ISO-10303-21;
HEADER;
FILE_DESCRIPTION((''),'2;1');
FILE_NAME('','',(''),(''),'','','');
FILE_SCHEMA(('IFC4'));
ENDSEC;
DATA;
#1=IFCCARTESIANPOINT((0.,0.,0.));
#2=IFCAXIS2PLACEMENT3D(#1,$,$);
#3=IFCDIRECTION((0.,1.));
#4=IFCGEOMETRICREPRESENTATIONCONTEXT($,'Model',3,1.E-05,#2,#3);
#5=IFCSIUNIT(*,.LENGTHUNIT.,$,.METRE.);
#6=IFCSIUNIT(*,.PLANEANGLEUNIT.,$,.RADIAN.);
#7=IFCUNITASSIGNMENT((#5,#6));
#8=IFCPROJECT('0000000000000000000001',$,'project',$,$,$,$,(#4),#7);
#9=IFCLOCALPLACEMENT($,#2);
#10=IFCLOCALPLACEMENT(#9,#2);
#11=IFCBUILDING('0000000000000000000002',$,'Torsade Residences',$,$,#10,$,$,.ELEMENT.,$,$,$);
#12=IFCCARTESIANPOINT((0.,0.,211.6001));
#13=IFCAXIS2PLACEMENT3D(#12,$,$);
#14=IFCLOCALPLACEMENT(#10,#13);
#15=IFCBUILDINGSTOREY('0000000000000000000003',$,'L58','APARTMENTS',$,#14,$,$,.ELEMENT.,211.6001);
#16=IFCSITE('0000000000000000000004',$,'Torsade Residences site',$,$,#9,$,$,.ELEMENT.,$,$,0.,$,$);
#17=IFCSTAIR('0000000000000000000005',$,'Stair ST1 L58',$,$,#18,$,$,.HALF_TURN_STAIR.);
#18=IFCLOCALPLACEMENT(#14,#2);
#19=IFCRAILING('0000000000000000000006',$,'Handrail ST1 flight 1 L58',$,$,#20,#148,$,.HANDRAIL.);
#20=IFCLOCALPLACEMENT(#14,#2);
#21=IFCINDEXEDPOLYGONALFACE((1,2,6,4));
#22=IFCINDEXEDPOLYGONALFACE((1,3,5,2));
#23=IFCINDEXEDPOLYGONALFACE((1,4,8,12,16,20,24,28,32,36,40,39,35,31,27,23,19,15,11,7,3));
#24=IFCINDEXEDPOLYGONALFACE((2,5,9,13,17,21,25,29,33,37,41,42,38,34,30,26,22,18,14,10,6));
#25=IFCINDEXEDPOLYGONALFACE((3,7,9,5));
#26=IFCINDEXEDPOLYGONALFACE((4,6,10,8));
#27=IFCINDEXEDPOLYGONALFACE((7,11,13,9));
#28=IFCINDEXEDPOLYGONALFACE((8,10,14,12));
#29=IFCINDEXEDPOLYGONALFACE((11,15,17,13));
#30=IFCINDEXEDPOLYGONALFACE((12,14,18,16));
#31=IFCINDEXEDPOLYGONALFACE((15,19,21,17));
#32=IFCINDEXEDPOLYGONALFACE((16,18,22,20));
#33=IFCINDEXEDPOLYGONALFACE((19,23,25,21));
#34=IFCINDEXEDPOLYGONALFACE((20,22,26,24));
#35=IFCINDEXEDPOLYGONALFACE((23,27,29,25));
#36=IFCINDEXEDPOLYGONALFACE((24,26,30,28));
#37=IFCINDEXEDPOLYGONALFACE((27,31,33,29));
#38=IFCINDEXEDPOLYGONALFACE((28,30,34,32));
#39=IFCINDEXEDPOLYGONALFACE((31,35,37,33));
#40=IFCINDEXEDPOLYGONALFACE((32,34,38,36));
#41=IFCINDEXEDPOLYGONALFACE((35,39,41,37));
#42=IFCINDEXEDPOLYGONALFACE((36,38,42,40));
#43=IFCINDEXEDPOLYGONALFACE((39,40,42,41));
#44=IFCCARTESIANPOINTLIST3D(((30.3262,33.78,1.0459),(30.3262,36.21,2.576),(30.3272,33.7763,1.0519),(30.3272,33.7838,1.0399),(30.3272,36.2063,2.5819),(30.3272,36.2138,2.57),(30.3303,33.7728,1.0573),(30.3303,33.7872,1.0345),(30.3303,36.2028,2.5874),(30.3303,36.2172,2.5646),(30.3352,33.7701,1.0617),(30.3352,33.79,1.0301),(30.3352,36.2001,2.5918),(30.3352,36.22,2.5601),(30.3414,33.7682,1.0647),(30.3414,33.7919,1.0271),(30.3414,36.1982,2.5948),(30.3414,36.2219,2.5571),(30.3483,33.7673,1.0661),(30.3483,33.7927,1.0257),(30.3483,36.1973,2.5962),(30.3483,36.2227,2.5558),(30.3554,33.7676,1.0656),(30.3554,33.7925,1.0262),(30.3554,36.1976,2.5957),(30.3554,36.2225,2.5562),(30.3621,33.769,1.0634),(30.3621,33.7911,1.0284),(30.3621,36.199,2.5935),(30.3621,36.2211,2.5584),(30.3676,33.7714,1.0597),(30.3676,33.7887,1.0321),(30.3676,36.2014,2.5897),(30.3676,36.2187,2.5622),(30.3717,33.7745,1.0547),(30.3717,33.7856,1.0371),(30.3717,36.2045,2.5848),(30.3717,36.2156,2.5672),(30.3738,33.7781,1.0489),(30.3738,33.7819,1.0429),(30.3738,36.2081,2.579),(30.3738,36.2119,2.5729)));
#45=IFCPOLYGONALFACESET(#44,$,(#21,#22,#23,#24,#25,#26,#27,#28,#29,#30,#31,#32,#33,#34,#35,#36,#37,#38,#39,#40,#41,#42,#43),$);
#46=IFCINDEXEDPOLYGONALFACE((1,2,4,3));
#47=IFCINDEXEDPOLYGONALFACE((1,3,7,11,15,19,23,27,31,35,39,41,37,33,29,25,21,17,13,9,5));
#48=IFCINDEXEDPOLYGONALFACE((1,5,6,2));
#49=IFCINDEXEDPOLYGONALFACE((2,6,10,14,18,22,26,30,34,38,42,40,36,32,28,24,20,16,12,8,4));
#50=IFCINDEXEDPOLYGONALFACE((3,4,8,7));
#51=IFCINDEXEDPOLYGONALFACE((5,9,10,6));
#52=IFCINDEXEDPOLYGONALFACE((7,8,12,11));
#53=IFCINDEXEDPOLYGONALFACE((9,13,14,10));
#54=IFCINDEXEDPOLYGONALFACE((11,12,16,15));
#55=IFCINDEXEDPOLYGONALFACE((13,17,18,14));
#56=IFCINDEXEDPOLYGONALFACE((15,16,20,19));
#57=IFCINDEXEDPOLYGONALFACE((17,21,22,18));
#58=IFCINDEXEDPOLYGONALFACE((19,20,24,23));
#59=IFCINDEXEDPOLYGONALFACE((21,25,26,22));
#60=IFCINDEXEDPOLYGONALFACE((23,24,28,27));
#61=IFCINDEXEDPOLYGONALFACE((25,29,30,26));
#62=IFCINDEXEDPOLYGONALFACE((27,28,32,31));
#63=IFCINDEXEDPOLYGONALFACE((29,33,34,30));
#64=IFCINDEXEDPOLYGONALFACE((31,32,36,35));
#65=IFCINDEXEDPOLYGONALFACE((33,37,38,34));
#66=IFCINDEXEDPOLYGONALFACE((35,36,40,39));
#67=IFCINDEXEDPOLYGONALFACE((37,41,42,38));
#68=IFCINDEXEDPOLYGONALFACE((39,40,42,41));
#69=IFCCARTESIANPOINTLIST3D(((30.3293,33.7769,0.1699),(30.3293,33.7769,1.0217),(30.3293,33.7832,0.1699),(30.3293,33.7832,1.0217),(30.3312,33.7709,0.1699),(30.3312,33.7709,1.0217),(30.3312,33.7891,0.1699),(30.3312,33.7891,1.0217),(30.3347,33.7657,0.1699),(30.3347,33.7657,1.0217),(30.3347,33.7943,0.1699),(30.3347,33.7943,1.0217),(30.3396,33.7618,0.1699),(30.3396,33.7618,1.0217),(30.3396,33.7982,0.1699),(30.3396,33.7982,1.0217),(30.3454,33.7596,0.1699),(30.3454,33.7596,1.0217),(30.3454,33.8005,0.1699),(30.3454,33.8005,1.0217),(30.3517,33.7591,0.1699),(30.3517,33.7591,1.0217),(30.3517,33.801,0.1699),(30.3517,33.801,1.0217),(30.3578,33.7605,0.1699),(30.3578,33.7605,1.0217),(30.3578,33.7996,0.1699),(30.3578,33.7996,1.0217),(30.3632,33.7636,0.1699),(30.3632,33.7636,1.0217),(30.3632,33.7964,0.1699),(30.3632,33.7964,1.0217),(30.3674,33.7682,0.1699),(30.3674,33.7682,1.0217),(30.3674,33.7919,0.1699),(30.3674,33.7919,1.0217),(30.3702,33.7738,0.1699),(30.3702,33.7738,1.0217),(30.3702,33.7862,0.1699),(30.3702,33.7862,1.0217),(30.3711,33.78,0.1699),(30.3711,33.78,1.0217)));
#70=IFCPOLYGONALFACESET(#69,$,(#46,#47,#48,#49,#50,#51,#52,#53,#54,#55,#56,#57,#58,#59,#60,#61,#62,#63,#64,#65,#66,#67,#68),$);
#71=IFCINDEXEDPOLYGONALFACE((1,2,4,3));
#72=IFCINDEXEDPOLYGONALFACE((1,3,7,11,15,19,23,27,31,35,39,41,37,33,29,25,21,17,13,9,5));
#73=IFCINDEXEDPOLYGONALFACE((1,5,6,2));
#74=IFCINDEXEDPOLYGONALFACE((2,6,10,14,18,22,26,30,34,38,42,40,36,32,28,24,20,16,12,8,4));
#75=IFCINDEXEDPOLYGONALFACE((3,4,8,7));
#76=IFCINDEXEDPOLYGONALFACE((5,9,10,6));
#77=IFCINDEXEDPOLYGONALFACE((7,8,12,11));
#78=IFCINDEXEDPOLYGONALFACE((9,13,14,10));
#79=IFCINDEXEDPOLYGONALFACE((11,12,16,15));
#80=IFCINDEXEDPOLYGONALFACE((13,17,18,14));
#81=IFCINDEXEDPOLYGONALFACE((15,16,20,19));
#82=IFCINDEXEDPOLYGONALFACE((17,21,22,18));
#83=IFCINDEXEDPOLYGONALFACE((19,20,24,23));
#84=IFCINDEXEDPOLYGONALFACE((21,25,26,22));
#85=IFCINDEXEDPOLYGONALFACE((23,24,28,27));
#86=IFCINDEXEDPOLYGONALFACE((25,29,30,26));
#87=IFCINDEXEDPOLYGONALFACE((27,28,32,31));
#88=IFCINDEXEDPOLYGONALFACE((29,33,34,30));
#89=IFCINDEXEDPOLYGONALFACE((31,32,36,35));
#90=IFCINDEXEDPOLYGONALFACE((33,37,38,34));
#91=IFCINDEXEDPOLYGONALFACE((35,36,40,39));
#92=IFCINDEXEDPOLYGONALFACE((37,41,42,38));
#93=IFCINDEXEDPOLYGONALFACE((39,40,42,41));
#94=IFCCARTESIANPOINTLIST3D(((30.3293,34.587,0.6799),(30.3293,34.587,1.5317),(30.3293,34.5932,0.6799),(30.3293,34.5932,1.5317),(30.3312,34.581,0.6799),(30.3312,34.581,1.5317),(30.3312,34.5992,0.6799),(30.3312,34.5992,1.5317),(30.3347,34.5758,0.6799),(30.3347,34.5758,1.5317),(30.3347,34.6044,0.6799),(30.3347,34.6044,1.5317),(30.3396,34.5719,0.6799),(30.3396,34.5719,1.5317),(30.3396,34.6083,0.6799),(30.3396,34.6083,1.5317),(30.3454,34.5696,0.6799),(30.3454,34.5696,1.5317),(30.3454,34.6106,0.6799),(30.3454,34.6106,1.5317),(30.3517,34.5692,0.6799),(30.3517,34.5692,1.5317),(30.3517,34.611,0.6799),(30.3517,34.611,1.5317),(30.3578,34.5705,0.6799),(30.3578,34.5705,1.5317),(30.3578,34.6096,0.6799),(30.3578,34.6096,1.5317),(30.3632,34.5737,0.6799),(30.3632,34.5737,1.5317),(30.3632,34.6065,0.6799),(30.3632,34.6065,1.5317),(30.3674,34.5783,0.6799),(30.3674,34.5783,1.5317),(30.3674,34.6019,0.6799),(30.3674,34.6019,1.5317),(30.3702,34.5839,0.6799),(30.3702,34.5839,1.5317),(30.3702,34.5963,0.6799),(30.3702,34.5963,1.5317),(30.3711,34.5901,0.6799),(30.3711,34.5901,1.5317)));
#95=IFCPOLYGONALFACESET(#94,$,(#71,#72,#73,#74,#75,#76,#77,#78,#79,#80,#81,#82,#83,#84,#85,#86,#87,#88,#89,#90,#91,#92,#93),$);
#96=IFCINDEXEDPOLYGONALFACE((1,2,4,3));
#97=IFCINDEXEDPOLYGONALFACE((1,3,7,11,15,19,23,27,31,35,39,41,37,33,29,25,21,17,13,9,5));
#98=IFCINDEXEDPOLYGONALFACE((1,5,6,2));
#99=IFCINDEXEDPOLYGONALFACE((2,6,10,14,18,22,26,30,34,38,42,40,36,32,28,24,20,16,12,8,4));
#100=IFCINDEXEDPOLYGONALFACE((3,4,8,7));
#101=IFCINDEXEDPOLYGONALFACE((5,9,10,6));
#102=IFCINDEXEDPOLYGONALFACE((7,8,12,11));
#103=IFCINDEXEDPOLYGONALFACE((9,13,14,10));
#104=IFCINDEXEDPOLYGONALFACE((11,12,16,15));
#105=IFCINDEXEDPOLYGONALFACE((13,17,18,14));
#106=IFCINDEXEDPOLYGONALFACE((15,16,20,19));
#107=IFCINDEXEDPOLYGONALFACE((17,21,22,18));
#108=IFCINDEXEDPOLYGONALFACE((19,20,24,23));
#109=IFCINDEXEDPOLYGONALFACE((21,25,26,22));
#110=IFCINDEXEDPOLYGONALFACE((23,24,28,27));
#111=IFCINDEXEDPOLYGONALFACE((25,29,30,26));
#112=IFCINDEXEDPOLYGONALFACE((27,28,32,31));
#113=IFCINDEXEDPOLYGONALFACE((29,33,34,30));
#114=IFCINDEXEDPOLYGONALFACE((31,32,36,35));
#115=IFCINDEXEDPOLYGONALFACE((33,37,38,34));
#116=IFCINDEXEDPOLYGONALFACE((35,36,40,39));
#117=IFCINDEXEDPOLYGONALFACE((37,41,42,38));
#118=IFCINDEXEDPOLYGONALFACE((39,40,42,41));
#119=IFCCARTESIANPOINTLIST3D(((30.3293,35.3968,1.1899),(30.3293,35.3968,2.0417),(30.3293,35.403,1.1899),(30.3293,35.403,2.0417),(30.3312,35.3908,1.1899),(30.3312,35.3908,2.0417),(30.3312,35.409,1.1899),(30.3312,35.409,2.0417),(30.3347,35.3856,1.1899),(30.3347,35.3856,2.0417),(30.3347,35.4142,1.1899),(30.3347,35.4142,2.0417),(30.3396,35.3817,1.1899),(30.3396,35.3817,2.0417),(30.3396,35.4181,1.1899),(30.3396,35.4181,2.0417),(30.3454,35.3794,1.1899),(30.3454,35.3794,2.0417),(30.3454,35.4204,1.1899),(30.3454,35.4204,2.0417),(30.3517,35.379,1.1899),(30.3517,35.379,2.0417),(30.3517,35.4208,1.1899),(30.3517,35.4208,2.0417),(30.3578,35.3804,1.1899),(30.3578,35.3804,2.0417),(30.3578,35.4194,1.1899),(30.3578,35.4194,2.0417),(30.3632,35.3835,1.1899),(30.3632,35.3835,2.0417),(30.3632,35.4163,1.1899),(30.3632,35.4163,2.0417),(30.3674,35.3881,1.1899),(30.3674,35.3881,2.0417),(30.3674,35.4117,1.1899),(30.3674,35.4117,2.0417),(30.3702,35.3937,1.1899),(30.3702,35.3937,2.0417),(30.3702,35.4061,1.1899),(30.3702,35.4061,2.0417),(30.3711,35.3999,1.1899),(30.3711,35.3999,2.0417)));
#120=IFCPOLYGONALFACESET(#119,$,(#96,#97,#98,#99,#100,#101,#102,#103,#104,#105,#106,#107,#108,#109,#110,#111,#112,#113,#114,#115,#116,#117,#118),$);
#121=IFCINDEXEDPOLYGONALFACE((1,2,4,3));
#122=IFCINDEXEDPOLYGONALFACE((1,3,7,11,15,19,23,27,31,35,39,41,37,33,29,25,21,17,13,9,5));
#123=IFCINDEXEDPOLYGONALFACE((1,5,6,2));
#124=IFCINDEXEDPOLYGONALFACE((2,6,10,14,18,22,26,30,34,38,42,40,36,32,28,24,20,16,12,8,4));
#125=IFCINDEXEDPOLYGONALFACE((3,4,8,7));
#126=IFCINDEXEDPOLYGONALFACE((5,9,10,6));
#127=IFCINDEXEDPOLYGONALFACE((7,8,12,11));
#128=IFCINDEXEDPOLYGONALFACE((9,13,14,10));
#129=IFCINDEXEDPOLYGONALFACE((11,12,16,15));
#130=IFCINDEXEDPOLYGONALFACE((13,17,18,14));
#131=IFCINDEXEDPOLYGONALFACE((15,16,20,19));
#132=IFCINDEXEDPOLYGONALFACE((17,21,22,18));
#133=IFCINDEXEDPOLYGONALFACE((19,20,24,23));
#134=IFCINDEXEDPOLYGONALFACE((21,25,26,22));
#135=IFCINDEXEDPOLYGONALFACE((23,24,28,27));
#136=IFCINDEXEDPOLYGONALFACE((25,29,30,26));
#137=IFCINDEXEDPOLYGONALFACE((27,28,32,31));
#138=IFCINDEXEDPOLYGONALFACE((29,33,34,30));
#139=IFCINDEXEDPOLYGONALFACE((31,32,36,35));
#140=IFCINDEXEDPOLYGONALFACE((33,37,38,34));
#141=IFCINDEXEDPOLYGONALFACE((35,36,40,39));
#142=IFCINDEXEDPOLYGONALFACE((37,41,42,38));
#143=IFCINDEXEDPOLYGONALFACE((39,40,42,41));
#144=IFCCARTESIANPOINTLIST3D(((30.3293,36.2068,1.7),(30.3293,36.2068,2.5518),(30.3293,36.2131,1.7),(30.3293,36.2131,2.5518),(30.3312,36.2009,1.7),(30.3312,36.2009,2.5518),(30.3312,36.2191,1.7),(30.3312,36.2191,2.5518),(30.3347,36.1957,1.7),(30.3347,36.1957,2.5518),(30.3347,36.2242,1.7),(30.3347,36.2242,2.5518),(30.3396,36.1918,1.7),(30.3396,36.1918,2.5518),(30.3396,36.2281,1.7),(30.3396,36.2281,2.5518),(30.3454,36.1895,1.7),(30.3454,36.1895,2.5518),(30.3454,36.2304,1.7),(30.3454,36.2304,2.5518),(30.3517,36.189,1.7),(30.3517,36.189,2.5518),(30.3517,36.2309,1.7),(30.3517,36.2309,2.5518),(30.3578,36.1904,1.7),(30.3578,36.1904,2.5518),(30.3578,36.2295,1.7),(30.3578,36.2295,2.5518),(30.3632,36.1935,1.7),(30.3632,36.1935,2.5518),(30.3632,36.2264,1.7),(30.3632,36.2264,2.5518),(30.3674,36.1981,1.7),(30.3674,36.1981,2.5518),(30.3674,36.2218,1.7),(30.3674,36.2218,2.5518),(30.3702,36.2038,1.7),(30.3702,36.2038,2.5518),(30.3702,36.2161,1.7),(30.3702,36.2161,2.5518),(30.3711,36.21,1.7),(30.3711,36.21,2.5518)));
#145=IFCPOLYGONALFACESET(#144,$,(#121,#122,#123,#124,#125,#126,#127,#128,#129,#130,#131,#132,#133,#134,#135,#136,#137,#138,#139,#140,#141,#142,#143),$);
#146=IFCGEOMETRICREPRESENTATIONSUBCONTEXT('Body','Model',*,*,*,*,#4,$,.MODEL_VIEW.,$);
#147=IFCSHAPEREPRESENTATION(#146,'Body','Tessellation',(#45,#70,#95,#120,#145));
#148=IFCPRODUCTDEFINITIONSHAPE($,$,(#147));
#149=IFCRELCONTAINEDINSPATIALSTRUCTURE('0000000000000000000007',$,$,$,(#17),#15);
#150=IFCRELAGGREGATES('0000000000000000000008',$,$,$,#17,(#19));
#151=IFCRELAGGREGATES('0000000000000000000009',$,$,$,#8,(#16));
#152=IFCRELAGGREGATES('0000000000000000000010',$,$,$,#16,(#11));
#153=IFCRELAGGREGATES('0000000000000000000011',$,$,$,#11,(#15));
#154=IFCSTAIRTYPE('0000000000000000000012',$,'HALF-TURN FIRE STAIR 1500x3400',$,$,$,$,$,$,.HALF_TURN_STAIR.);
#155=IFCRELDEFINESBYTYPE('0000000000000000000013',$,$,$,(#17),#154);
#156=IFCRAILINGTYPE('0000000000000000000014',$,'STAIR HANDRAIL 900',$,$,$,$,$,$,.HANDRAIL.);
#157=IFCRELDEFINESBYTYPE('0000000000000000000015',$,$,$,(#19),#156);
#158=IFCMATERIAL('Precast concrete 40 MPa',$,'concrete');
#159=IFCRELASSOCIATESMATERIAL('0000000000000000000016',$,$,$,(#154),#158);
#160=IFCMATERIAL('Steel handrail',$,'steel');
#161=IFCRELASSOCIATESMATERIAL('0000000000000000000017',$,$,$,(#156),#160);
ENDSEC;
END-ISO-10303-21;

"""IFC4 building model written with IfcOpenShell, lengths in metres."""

from ifc_helpers import new_model, si_unit, direction, frame, origin, origin_2d, place, context, subcontext, project, spatial, circle, extrude, material, type_object, element, aggregate, save


model = new_model("IFC4")

# Units and contexts
model_context = context("Model", 3, precision=1e-05, world=origin(), true_north=direction((0.0, 1.0)))
body_context = subcontext(model_context, "Body", "Model", "MODEL_VIEW")
ifc_project = project(units=[si_unit("LENGTHUNIT", "METRE"), si_unit("PLANEANGLEUNIT", "RADIAN")], contexts=[model_context])

# Site, building, storey
site_placement = place(None, origin())
site = spatial("IfcSite", under=ifc_project, at=site_placement, Name="Torsade Residences site", CompositionType="ELEMENT", RefElevation=0.0)
building_placement = place(site_placement, origin())
building = spatial("IfcBuilding", under=site, at=building_placement, Name="Torsade Residences", CompositionType="ELEMENT")
storey_placement = place(building_placement, frame((0.0, 0.0, 211.6001)))
storey = spatial("IfcBuildingStorey", under=building, at=storey_placement, Name="L58", Description="APARTMENTS", CompositionType="ELEMENT", Elevation=211.6001)

# Stair, railing
ifc_material_1 = material(Name="Precast concrete 40 MPa", Category="concrete")
stair_type = type_object("IfcStairType", Name="HALF-TURN FIRE STAIR 1500x3400", PredefinedType="HALF_TURN_STAIR", material=ifc_material_1)
stair_placement = place(storey_placement, origin())
stair = element("IfcStair", 1, at=stair_placement, inside=storey, type_object=stair_type, Name="Stair ST1 L58", PredefinedType="HALF_TURN_STAIR")
ifc_material_2 = material(Name="Steel handrail", Category="steel")
railing_type = type_object("IfcRailingType", Name="STAIR HANDRAIL 900", PredefinedType="HANDRAIL", material=ifc_material_2)
railing_1_placement = place(storey_placement, frame((30.3501, 33.78, 0.1699)))
railing_1 = element("IfcRailing", 2, at=railing_1_placement, type_object=railing_type, Name="Handrail ST1 flight 1 L58", PredefinedType="HANDRAIL", context=body_context, shape_type="SweptSolid", body=[
    extrude(circle(Radius=0.0239, at=origin_2d()), frame((0.0, 0.0, 0.876), z_axis=(0.0, 0.846221, 0.532831), x_axis=(-1.0, 0.0, 0.0)), (0.0, 0.0, 1.0), 2.8716),
    extrude(circle(Radius=0.021, at=origin_2d()), origin(), (0.0, 0.0, 1.0), 0.8518),
    extrude(circle(Radius=0.021, at=origin_2d()), frame((0.0, 0.8101, 0.51)), (0.0, 0.0, 1.0), 0.8518),
    extrude(circle(Radius=0.021, at=origin_2d()), frame((0.0, 1.6199, 1.02)), (0.0, 0.0, 1.0), 0.8518),
    extrude(circle(Radius=0.021, at=origin_2d()), frame((0.0, 2.4299, 1.53)), (0.0, 0.0, 1.0), 0.8518),
])
aggregate(stair, [railing_1])

save(model, "model.ifc")
